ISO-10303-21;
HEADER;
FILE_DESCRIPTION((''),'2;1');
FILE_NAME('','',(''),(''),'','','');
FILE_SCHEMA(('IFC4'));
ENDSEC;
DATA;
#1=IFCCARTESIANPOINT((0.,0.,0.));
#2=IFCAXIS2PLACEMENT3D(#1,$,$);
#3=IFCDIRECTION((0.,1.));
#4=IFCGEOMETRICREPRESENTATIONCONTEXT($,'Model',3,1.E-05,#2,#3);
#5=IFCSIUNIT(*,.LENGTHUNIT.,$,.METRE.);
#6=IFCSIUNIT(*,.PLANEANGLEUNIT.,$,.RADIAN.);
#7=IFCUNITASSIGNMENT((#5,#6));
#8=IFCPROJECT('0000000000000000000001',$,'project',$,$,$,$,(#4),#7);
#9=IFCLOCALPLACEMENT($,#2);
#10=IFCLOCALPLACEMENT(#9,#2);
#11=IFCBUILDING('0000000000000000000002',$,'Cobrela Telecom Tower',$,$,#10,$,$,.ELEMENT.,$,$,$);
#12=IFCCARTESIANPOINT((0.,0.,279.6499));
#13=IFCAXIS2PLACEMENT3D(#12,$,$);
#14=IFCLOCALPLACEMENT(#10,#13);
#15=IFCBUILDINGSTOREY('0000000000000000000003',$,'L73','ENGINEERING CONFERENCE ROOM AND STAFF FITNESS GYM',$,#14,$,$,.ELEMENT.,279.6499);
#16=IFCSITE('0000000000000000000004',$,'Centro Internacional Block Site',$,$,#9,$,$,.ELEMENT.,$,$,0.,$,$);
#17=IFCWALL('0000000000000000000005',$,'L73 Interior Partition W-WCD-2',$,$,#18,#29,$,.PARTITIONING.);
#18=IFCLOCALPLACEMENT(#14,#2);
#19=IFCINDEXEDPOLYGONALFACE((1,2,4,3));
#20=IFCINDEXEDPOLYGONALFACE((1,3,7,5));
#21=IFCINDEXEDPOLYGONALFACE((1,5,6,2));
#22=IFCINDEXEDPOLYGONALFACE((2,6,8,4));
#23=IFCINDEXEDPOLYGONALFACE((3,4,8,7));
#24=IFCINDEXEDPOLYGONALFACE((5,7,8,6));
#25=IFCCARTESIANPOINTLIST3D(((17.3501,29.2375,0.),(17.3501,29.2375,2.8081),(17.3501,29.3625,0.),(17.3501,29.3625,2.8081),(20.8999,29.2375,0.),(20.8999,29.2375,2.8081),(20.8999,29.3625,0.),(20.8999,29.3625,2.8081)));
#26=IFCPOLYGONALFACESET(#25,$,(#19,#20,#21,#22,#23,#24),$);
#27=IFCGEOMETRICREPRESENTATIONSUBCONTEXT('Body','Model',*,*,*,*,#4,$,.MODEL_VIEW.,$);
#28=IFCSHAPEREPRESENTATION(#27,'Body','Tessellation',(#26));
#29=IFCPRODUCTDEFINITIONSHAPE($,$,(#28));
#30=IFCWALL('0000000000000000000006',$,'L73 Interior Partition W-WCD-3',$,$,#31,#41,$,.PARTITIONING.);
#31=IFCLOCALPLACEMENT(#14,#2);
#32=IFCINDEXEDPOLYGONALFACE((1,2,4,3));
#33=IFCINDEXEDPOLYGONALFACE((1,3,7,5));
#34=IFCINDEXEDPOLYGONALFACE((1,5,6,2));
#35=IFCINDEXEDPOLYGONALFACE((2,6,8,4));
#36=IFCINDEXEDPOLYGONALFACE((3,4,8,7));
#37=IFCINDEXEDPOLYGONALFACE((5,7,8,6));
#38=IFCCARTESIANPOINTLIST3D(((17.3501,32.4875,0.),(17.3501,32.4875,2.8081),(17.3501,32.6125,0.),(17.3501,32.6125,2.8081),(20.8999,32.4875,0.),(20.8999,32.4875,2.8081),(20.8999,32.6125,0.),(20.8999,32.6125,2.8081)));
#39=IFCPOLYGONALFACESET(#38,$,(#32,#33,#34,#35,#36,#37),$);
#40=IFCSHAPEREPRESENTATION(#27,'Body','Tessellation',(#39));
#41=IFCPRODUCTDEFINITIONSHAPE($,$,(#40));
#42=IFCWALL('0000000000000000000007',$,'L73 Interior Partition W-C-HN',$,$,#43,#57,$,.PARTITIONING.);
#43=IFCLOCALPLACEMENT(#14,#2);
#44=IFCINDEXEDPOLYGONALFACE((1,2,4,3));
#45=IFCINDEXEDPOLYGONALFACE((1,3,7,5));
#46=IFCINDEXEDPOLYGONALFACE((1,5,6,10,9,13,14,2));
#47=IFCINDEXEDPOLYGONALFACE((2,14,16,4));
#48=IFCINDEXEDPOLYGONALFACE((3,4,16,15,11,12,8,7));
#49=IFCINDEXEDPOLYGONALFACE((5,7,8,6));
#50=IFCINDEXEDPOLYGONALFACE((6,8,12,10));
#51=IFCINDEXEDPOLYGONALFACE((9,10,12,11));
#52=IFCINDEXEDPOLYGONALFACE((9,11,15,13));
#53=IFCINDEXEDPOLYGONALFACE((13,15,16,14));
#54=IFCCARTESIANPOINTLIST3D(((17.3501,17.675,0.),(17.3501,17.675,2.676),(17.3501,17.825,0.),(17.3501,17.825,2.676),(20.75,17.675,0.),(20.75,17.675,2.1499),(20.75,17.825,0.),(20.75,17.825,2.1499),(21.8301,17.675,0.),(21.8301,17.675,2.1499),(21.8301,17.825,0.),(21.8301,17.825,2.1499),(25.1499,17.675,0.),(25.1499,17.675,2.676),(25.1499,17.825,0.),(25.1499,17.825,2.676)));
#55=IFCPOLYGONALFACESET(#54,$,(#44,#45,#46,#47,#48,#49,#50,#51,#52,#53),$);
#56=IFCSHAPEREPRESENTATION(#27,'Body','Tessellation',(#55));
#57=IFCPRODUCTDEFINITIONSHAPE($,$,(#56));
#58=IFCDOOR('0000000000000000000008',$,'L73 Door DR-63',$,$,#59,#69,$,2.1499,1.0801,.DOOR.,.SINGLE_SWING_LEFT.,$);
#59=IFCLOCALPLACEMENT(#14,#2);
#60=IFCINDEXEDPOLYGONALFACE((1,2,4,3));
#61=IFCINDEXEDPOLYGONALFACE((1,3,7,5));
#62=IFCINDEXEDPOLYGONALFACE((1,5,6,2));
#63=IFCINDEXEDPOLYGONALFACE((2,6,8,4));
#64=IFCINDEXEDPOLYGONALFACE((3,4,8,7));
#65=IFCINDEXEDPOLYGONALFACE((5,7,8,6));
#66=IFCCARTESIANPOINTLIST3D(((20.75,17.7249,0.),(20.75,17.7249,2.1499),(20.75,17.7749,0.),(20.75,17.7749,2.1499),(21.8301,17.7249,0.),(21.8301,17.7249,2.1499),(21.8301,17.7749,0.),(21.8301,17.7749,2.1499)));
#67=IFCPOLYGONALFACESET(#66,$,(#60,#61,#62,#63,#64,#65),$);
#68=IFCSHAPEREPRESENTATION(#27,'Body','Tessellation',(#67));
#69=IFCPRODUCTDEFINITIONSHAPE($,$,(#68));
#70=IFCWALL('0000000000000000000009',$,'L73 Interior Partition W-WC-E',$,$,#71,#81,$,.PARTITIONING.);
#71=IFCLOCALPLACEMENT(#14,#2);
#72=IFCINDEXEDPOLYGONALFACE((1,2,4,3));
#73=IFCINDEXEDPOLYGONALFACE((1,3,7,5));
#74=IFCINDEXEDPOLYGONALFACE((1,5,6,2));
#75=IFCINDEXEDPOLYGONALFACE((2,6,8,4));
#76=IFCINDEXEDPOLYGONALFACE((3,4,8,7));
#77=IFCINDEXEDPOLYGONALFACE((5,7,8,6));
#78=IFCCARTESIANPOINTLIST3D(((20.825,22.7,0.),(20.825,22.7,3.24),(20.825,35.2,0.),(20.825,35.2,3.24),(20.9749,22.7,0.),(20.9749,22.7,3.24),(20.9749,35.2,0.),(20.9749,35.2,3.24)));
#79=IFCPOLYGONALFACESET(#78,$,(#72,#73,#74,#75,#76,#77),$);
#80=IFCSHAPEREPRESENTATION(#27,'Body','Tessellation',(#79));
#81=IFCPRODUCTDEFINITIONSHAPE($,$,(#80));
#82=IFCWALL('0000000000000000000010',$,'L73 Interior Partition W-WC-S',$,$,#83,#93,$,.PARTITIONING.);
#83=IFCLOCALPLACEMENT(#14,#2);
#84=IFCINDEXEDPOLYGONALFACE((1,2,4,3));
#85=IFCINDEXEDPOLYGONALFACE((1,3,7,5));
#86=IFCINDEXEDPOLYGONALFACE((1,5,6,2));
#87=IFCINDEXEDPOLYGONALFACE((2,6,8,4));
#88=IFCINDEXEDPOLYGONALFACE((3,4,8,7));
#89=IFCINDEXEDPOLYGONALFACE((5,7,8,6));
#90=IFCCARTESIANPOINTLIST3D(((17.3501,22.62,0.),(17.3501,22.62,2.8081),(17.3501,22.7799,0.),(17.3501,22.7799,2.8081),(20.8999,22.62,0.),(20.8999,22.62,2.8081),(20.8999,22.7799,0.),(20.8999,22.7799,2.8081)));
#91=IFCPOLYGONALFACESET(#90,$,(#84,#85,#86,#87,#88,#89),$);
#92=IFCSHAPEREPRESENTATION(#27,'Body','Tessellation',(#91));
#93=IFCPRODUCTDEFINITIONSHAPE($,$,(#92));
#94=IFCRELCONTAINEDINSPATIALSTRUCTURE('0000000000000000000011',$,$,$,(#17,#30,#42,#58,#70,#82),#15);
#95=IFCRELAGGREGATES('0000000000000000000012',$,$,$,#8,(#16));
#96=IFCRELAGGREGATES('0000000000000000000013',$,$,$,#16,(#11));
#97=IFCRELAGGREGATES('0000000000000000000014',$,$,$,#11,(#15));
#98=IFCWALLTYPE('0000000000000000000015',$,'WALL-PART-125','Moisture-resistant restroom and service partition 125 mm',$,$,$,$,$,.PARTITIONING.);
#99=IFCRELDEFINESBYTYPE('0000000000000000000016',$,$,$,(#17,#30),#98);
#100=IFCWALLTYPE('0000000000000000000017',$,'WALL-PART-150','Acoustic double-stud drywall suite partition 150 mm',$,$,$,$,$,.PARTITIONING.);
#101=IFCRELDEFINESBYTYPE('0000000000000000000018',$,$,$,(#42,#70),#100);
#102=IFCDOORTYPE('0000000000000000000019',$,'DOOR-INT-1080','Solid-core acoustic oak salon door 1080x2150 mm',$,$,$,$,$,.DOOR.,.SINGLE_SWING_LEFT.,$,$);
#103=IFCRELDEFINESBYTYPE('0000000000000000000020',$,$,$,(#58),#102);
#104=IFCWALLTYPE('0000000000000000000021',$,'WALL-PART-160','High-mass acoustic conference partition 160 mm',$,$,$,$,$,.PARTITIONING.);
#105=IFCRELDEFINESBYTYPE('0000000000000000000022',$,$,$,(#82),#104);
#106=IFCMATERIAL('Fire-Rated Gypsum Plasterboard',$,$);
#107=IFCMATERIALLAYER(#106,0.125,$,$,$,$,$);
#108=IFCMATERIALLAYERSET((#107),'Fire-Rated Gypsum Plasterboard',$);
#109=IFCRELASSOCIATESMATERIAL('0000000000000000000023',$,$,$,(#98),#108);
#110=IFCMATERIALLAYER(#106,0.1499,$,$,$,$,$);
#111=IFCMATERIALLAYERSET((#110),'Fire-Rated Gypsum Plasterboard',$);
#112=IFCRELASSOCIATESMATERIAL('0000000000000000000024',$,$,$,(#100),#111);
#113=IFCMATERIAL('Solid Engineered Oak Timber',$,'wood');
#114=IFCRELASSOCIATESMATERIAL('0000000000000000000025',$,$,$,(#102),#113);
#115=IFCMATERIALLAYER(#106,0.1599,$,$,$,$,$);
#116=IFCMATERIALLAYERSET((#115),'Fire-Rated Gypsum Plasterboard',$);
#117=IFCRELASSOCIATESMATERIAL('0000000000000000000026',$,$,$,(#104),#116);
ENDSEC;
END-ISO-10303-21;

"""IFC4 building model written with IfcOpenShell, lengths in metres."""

from ifc_helpers import new_model, si_unit, direction, frame, frame_2d, origin, place, context, subcontext, project, spatial, rectangle, extrude, material, layer, layer_set, type_object, element, fill, save


model = new_model("IFC4")

# Units and contexts
model_context = context("Model", 3, precision=1e-05, world=origin(), true_north=direction((0.0, 1.0)))
body_context = subcontext(model_context, "Body", "Model", "MODEL_VIEW")
ifc_project = project(units=[si_unit("LENGTHUNIT", "METRE"), si_unit("PLANEANGLEUNIT", "RADIAN")], contexts=[model_context])

# Site, building, storey
site_placement = place(None, origin())
site = spatial("IfcSite", under=ifc_project, at=site_placement, Name="Centro Internacional Block Site", CompositionType="ELEMENT", RefElevation=0.0)
building_placement = place(site_placement, origin())
building = spatial("IfcBuilding", under=site, at=building_placement, Name="Cobrela Telecom Tower", CompositionType="ELEMENT")
storey_placement = place(building_placement, frame((0.0, 0.0, 279.6499)))
storey = spatial("IfcBuildingStorey", under=building, at=storey_placement, Name="L73", Description="ENGINEERING CONFERENCE ROOM AND STAFF FITNESS GYM", CompositionType="ELEMENT", Elevation=279.6499)

# Walls
ifc_material_1 = material(Name="Fire-Rated Gypsum Plasterboard")
ifc_layer_1 = layer(ifc_material_1, 0.125)
ifc_layer_set_1 = layer_set([ifc_layer_1], Name="Fire-Rated Gypsum Plasterboard")
wall_type_1 = type_object("IfcWallType", Name="WALL-PART-125", Description="Moisture-resistant restroom and service partition 125 mm", PredefinedType="PARTITIONING", material=ifc_layer_set_1)
for number, where, z_axis, x_axis, name in (
    (1, (17.3501, 29.3, 0.0), (0.0, 0.0, 1.0), (1.0, 0.0, 0.0), "L73 Interior Partition W-WCD-2"),
    (2, (17.3501, 32.55, 0.0), (0.0, 0.0, 1.0), (1.0, 0.0, 0.0), "L73 Interior Partition W-WCD-3"),
):
    element("IfcWall", number, at=place(storey_placement, frame(where, z_axis=z_axis, x_axis=x_axis)), inside=storey, type_object=wall_type_1, Name=name, PredefinedType="PARTITIONING", context=body_context, shape_type="SweptSolid", body=[
        extrude(rectangle(XDim=3.5498, YDim=0.125, at=frame_2d((1.7749, 0.0))), origin(), (0.0, 0.0, 1.0), 2.8081),
    ])

# Wall, opening, door
ifc_layer_2 = layer(ifc_material_1, 0.1499)
ifc_layer_set_2 = layer_set([ifc_layer_2], Name="Fire-Rated Gypsum Plasterboard")
wall_type_2 = type_object("IfcWallType", Name="WALL-PART-150", Description="Acoustic double-stud drywall suite partition 150 mm", PredefinedType="PARTITIONING", material=ifc_layer_set_2)
wall_1_placement = place(storey_placement, frame((17.3501, 17.75, 0.0), z_axis=(0.0, 0.0, 1.0), x_axis=(1.0, 0.0, 0.0)))
wall_1 = element("IfcWall", 3, at=wall_1_placement, inside=storey, type_object=wall_type_2, Name="L73 Interior Partition W-C-HN", PredefinedType="PARTITIONING", context=body_context, shape_type="SweptSolid", body=[
    extrude(rectangle(XDim=7.7998, YDim=0.1499, at=frame_2d((3.8999, 0.0))), origin(), (0.0, 0.0, 1.0), 2.676),
])
opening_placement = place(wall_1_placement, frame((3.3999, 0.0, 0.0)))
opening = element("IfcOpeningElement", 4, at=opening_placement, cuts=wall_1, PredefinedType="OPENING", context=body_context, shape_type="SweptSolid", body=[
    extrude(rectangle(XDim=1.0801, YDim=2.1499, at=frame_2d((0.54, 1.075))), frame((0.0, 0.0869, 0.0), z_axis=(0.0, -1.0, 0.0), x_axis=(1.0, 0.0, 0.0)), (0.0, 0.0, 1.0), 0.1738),
])
ifc_material_2 = material(Name="Solid Engineered Oak Timber", Category="wood")
door_type = type_object("IfcDoorType", Name="DOOR-INT-1080", Description="Solid-core acoustic oak salon door 1080x2150 mm", OperationType="SINGLE_SWING_LEFT", PredefinedType="DOOR", material=ifc_material_2)
door_placement = place(opening_placement, origin())
door = element("IfcDoor", 5, at=door_placement, inside=storey, type_object=door_type, Name="L73 Door DR-63", OperationType="SINGLE_SWING_LEFT", OverallHeight=2.1499, OverallWidth=1.0801, PredefinedType="DOOR", context=body_context, shape_type="SweptSolid", body=[
    extrude(rectangle(XDim=1.0801, YDim=2.1499, at=frame_2d((0.54, 1.075))), frame((0.0, 0.0249, 0.0), z_axis=(0.0, -1.0, 0.0), x_axis=(1.0, 0.0, 0.0)), (0.0, 0.0, 1.0), 0.05),
])
fill(opening, door)

# Walls
wall_2_placement = place(storey_placement, frame((20.8999, 22.7, 0.0), z_axis=(0.0, 0.0, 1.0), x_axis=(0.0, 1.0, 0.0)))
element("IfcWall", 6, at=wall_2_placement, inside=storey, type_object=wall_type_2, Name="L73 Interior Partition W-WC-E", PredefinedType="PARTITIONING", context=body_context, shape_type="SweptSolid", body=[
    extrude(rectangle(XDim=12.5, YDim=0.1499, at=frame_2d((6.25, 0.0))), origin(), (0.0, 0.0, 1.0), 3.24),
])
ifc_layer_3 = layer(ifc_material_1, 0.1599)
ifc_layer_set_3 = layer_set([ifc_layer_3], Name="Fire-Rated Gypsum Plasterboard")
wall_type_3 = type_object("IfcWallType", Name="WALL-PART-160", Description="High-mass acoustic conference partition 160 mm", PredefinedType="PARTITIONING", material=ifc_layer_set_3)
wall_3_placement = place(storey_placement, frame((17.3501, 22.7, 0.0), z_axis=(0.0, 0.0, 1.0), x_axis=(1.0, 0.0, 0.0)))
element("IfcWall", 7, at=wall_3_placement, inside=storey, type_object=wall_type_3, Name="L73 Interior Partition W-WC-S", PredefinedType="PARTITIONING", context=body_context, shape_type="SweptSolid", body=[
    extrude(rectangle(XDim=3.5498, YDim=0.1599, at=frame_2d((1.7749, 0.0))), origin(), (0.0, 0.0, 1.0), 2.8081),
])

save(model, "model.ifc")
